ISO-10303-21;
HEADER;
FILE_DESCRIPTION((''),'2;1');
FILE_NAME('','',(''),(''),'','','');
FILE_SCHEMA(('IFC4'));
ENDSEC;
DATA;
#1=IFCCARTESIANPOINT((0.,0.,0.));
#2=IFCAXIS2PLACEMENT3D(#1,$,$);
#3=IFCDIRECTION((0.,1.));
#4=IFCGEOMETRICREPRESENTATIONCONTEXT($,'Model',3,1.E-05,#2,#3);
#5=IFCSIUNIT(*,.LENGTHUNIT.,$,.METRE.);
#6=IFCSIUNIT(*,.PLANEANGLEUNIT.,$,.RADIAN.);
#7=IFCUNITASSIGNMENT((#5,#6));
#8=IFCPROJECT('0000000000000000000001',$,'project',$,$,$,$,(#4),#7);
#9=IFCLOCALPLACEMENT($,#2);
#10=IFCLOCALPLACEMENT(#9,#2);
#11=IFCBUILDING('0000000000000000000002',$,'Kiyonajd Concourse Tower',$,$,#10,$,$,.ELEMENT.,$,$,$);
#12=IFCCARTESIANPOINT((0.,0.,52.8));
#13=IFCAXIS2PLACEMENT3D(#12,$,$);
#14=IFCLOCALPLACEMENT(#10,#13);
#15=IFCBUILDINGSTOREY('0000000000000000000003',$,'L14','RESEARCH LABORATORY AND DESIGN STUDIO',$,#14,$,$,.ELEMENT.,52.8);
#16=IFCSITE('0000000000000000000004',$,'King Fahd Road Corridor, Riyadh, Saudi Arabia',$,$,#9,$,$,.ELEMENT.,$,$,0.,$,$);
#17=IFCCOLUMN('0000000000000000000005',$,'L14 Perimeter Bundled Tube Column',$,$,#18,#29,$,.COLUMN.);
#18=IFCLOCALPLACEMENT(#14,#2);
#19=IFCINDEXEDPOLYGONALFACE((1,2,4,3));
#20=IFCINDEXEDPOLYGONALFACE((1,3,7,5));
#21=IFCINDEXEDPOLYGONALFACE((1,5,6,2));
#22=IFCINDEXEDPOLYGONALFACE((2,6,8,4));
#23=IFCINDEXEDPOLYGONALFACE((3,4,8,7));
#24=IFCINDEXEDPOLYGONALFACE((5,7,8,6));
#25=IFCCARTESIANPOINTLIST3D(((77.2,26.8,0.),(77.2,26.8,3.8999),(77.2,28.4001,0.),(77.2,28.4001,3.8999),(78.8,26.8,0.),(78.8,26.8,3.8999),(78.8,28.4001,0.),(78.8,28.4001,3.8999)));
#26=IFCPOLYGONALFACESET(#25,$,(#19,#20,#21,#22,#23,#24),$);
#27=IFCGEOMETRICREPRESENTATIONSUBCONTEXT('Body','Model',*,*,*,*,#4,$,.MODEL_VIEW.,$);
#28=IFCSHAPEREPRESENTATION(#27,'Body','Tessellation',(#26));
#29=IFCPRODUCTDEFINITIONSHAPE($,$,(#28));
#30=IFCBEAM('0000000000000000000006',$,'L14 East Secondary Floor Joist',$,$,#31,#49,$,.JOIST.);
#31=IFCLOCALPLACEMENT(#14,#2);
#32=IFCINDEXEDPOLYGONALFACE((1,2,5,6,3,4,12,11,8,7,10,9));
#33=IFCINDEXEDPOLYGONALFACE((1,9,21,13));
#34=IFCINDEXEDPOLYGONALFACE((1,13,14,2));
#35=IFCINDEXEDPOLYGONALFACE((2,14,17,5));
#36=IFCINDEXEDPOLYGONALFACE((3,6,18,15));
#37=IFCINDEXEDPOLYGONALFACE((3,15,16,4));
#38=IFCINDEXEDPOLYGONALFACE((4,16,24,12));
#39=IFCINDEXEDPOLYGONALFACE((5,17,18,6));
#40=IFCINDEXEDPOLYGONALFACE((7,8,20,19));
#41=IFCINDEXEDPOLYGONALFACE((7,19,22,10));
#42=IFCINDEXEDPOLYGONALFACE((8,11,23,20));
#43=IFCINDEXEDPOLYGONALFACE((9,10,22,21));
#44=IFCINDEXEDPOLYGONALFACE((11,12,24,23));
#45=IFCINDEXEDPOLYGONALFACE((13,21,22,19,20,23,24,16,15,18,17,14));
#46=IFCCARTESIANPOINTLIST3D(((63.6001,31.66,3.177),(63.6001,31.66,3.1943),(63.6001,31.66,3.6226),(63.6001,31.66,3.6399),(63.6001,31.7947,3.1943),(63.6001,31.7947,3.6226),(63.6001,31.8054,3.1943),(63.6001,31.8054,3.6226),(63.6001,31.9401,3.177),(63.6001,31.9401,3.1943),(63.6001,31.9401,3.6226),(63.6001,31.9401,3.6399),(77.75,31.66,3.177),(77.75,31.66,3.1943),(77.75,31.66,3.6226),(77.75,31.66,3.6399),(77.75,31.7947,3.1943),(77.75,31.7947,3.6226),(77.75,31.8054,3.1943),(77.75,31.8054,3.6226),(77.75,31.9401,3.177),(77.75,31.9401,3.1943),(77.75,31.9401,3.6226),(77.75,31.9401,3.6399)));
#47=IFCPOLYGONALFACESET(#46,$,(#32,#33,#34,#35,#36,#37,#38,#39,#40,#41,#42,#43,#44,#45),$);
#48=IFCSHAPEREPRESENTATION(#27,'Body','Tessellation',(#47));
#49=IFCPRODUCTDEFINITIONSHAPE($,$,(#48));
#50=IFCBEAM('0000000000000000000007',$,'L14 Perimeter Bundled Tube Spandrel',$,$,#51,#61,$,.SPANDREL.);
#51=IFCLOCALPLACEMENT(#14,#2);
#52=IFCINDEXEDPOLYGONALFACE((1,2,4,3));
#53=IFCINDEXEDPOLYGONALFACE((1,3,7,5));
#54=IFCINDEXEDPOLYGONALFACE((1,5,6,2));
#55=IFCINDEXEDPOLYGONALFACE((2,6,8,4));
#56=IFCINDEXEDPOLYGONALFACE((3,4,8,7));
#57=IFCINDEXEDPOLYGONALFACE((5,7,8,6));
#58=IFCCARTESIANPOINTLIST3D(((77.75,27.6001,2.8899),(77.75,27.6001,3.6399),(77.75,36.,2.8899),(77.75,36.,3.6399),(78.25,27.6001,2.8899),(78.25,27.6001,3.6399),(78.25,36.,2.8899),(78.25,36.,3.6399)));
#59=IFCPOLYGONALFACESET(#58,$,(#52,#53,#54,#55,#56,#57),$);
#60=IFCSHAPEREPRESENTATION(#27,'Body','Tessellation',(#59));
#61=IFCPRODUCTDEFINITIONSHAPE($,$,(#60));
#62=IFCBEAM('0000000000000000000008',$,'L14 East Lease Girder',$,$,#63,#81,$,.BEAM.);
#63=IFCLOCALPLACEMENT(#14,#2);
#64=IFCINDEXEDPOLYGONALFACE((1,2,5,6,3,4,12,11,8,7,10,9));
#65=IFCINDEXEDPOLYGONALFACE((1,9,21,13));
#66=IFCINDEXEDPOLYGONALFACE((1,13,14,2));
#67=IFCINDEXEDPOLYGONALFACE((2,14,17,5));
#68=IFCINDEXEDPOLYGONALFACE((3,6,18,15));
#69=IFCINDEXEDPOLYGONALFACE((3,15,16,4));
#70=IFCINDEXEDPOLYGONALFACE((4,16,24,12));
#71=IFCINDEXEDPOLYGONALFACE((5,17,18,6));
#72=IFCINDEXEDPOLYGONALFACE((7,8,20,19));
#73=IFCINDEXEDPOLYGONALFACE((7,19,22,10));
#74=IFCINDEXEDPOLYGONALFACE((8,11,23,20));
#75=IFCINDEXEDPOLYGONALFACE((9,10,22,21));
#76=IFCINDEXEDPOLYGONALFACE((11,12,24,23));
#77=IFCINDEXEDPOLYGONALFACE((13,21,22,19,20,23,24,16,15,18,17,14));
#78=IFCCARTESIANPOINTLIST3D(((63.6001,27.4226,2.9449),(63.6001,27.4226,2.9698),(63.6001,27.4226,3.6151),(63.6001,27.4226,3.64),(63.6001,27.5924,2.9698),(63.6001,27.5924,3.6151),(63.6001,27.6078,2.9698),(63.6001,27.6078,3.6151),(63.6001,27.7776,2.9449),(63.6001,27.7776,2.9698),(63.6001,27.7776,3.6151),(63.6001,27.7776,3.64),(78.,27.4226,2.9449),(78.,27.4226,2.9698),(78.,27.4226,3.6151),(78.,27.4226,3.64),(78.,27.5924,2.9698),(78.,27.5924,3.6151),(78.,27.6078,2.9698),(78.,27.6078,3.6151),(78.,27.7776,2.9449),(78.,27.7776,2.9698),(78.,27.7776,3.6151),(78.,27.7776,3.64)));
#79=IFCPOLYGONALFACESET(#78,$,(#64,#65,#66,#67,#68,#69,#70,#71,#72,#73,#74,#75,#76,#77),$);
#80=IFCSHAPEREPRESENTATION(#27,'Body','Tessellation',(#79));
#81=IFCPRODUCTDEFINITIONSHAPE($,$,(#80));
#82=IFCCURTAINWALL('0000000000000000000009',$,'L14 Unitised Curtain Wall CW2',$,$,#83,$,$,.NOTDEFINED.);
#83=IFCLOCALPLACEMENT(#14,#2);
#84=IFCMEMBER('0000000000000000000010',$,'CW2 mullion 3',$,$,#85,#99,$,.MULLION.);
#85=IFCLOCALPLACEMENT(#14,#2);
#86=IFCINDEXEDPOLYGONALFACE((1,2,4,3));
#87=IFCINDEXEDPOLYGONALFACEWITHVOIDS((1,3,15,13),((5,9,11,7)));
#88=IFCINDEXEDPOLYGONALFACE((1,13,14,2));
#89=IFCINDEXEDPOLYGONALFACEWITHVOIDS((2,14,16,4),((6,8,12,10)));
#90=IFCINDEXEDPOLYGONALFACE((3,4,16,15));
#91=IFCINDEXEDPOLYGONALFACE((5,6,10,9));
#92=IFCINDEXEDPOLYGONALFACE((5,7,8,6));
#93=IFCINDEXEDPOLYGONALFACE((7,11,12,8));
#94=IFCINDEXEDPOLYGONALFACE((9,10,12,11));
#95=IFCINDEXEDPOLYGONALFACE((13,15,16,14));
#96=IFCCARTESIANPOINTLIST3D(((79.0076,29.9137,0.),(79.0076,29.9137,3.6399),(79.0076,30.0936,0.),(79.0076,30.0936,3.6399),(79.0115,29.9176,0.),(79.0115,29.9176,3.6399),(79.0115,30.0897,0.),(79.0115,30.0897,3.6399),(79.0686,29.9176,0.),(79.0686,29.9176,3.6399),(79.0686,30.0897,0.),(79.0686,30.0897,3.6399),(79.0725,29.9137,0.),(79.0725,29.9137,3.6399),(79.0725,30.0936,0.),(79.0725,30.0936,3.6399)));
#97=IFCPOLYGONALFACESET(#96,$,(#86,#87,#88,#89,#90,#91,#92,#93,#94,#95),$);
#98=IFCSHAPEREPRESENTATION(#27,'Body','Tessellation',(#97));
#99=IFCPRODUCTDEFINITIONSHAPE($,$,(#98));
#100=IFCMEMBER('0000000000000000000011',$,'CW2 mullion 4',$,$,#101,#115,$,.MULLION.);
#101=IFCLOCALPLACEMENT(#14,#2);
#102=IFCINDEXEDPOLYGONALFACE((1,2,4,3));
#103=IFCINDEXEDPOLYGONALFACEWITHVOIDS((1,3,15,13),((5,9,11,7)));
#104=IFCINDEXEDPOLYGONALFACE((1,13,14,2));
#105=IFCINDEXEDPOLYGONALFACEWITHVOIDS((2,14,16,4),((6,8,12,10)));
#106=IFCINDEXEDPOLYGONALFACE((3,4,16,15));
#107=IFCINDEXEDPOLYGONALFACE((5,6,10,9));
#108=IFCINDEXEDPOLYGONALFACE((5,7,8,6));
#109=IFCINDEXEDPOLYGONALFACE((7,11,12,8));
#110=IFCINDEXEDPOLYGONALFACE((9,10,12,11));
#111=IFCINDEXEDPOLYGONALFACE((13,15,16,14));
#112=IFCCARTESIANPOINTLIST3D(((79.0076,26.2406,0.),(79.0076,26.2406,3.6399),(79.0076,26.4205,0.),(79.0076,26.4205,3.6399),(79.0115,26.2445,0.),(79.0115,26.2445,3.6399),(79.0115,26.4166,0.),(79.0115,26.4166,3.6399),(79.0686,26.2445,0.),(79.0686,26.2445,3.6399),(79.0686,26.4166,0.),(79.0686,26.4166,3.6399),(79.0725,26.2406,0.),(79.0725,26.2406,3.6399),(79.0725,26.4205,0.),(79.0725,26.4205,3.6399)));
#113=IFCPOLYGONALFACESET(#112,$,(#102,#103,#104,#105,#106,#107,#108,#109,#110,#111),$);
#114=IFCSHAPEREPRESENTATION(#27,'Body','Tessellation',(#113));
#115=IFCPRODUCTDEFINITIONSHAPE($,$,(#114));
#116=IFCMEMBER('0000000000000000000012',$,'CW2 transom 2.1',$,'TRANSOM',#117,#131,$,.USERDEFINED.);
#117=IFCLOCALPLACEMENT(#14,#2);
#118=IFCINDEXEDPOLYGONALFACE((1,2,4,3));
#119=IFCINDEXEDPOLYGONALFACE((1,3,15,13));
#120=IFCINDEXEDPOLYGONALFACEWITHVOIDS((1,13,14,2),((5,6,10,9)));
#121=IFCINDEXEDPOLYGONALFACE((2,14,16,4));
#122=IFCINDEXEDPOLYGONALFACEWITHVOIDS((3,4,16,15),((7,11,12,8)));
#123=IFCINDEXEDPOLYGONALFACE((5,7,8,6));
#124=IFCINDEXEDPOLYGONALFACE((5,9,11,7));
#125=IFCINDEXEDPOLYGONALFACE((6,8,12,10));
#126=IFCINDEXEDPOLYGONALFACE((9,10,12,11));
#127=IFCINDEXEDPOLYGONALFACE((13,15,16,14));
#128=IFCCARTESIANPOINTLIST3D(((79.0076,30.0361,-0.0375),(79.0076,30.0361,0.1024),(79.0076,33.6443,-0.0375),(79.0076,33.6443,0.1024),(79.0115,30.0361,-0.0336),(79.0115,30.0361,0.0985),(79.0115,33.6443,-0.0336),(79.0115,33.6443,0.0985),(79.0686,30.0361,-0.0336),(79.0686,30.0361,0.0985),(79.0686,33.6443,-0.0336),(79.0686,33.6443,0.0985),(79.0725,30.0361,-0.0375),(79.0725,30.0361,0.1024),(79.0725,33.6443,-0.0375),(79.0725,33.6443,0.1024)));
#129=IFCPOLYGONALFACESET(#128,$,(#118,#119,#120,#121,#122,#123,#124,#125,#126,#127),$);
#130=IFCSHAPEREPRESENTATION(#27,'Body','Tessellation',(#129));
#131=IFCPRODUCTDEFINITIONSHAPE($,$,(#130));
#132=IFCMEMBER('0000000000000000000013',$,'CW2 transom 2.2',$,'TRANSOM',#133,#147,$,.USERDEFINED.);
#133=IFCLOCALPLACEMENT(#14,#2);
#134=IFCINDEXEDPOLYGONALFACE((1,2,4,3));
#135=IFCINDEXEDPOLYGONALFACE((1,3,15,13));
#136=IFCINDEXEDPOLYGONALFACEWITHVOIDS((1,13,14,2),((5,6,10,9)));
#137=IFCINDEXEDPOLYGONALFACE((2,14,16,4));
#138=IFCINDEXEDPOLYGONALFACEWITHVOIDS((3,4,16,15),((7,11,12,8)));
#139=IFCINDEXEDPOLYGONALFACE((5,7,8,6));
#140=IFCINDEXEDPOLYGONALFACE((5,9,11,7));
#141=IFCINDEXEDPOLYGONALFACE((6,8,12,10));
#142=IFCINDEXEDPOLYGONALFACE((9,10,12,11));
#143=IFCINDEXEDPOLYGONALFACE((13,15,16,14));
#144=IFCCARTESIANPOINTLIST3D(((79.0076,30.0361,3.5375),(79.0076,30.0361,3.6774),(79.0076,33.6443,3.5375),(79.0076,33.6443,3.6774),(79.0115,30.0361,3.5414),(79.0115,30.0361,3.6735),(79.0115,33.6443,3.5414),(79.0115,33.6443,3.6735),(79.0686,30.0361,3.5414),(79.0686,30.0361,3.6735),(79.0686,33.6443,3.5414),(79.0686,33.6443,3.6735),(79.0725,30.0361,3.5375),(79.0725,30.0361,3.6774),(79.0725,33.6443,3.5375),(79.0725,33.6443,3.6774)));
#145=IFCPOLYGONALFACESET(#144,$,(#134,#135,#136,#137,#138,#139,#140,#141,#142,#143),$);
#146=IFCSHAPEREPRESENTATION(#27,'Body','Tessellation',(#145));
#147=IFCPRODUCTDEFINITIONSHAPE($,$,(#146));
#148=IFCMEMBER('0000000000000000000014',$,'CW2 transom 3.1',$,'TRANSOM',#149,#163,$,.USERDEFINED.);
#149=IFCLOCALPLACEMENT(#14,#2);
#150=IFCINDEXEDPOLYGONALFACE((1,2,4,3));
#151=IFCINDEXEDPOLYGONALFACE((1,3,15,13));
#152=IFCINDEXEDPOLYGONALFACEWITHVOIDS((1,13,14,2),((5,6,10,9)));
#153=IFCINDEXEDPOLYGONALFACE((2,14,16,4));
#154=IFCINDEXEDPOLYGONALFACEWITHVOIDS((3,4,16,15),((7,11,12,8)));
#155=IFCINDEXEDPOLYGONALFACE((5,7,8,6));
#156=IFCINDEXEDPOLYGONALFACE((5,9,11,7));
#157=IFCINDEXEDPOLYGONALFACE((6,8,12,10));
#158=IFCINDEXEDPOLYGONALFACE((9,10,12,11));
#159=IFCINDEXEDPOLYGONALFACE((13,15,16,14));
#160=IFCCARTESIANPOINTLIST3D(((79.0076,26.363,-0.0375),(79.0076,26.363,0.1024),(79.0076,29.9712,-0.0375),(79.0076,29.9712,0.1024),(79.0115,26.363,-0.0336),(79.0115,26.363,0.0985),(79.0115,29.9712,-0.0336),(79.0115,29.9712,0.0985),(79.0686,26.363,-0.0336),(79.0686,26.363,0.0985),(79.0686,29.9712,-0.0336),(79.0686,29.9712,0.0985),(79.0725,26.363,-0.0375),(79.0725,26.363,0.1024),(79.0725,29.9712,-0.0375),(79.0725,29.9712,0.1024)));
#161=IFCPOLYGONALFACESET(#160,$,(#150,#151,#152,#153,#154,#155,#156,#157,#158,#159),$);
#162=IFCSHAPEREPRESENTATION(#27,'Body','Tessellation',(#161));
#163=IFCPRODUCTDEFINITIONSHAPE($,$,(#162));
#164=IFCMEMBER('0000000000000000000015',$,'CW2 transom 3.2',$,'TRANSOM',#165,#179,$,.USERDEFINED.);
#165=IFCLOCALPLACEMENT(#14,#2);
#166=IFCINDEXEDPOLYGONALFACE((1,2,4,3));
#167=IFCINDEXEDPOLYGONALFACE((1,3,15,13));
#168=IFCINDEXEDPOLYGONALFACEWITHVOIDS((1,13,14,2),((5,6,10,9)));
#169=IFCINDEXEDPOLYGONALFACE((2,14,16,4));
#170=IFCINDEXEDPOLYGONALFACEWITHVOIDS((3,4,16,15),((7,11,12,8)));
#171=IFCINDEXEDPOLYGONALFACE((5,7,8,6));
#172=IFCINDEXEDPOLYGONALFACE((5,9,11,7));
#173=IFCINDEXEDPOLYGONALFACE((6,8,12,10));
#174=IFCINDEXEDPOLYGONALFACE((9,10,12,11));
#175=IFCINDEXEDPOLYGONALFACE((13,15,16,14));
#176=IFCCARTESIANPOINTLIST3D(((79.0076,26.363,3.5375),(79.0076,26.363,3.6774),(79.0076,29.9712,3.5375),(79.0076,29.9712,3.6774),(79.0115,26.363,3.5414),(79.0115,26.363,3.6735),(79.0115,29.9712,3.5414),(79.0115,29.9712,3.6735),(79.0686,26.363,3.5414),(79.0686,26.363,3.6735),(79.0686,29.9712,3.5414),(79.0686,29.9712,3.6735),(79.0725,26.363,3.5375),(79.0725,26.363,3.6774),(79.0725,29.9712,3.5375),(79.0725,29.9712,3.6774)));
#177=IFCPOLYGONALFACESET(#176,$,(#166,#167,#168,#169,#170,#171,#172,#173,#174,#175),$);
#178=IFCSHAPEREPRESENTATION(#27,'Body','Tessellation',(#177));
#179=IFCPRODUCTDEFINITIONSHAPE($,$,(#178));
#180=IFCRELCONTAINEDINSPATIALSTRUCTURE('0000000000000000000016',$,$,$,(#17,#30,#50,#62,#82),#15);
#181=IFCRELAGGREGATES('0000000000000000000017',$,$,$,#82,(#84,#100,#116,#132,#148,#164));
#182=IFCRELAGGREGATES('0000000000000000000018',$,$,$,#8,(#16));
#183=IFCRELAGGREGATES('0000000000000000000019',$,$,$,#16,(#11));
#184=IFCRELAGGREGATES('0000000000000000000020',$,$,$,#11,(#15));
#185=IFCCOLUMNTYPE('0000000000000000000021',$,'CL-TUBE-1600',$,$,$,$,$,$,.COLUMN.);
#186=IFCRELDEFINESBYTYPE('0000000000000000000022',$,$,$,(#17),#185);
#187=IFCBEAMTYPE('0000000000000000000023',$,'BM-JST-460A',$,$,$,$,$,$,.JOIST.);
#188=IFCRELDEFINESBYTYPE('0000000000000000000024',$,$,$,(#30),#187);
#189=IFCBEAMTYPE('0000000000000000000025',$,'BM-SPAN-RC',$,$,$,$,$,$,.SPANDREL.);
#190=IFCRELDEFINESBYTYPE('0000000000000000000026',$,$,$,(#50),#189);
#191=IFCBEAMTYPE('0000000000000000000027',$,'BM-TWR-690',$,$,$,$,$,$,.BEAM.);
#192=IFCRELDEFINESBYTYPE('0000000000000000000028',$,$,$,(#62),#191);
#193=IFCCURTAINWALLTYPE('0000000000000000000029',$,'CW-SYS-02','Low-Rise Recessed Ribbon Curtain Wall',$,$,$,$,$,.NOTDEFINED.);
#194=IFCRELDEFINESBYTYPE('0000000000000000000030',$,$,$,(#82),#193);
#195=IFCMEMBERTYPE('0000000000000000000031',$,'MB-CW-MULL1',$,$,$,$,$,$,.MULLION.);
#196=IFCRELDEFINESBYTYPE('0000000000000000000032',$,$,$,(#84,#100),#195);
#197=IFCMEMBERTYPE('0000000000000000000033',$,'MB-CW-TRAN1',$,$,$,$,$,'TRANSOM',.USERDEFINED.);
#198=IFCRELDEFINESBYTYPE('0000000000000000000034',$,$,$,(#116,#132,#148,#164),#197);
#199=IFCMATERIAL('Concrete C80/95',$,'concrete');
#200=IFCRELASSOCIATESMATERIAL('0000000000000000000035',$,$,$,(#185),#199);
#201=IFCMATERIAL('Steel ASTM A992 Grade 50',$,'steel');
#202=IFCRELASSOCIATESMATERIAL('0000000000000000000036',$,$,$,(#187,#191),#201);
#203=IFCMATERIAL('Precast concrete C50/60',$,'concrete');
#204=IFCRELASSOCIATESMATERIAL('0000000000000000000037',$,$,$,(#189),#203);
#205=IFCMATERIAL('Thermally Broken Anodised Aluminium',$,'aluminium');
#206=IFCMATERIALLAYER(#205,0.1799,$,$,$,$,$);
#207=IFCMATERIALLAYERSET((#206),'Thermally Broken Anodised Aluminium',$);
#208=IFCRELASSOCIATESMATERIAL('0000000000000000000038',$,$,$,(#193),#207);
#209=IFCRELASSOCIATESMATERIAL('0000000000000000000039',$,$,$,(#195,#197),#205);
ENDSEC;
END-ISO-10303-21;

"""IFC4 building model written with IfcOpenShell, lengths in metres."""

from ifc_helpers import new_model, si_unit, direction, frame, origin, origin_2d, place, context, subcontext, project, spatial, rectangle, hollow_rectangle, i_section, extrude, material, layer, layer_set, material_profile, profile_set, type_object, element, aggregate, save


model = new_model("IFC4")

# Units and contexts
model_context = context("Model", 3, precision=1e-05, world=origin(), true_north=direction((0.0, 1.0)))
body_context = subcontext(model_context, "Body", "Model", "MODEL_VIEW")
ifc_project = project(units=[si_unit("LENGTHUNIT", "METRE"), si_unit("PLANEANGLEUNIT", "RADIAN")], contexts=[model_context])

# Site, building, storey
site_placement = place(None, origin())
site = spatial("IfcSite", under=ifc_project, at=site_placement, Name="King Fahd Road Corridor, Riyadh, Saudi Arabia", CompositionType="ELEMENT", RefElevation=0.0)
building_placement = place(site_placement, origin())
building = spatial("IfcBuilding", under=site, at=building_placement, Name="Kiyonajd Concourse Tower", CompositionType="ELEMENT")
storey_placement = place(building_placement, frame((0.0, 0.0, 52.8)))
storey = spatial("IfcBuildingStorey", under=building, at=storey_placement, Name="L14", Description="RESEARCH LABORATORY AND DESIGN STUDIO", CompositionType="ELEMENT", Elevation=52.8)

# Column
ifc_material_1 = material(Name="Concrete C80/95", Category="concrete")
ifc_material_profile_1 = material_profile(ifc_material_1, rectangle(XDim=1.6001, YDim=1.6001, at=origin_2d()), Name="RC-1600x1600")
ifc_profile_set_1 = profile_set([ifc_material_profile_1], Name="Concrete C80/95")
column_type = type_object("IfcColumnType", Name="CL-TUBE-1600", PredefinedType="COLUMN", material=ifc_profile_set_1)
column_placement = place(storey_placement, frame((78.0, 27.6001, 0.0), z_axis=(0.0, 0.0, 1.0), x_axis=(1.0, 0.0, 0.0)))
element("IfcColumn", 1, at=column_placement, inside=storey, type_object=column_type, Name="L14 Perimeter Bundled Tube Column", PredefinedType="COLUMN", context=body_context, shape_type="SweptSolid", body=[
    extrude(rectangle(XDim=1.6001, YDim=1.6001, at=origin_2d()), origin(), (0.0, 0.0, 1.0), 3.8999),
])

# Beams
ifc_material_2 = material(Name="Steel ASTM A992 Grade 50", Category="steel")
ifc_material_profile_2 = material_profile(ifc_material_2, i_section(OverallWidth=0.28, OverallDepth=0.4629, WebThickness=0.0107, FlangeThickness=0.0173, at=origin_2d()), Name="W460X113")
ifc_profile_set_2 = profile_set([ifc_material_profile_2], Name="Steel ASTM A992 Grade 50")
beam_type_1 = type_object("IfcBeamType", Name="BM-JST-460A", PredefinedType="JOIST", material=ifc_profile_set_2)
beam_1_placement = place(storey_placement, frame((63.6001, 31.8, 3.4084), z_axis=(1.0, 0.0, 0.0), x_axis=(0.0, 1.0, 0.0)))
element("IfcBeam", 2, at=beam_1_placement, inside=storey, type_object=beam_type_1, Name="L14 East Secondary Floor Joist", PredefinedType="JOIST", context=body_context, shape_type="SweptSolid", body=[
    extrude(i_section(OverallWidth=0.28, OverallDepth=0.4629, WebThickness=0.0107, FlangeThickness=0.0173, at=origin_2d()), origin(), (0.0, 0.0, 1.0), 14.1499),
])
ifc_material_3 = material(Name="Precast concrete C50/60", Category="concrete")
ifc_material_profile_3 = material_profile(ifc_material_3, rectangle(XDim=0.5, YDim=0.75, at=origin_2d()), Name="RCBM-500x750")
ifc_profile_set_3 = profile_set([ifc_material_profile_3], Name="Precast concrete C50/60")
beam_type_2 = type_object("IfcBeamType", Name="BM-SPAN-RC", PredefinedType="SPANDREL", material=ifc_profile_set_3)
beam_2_placement = place(storey_placement, frame((78.0, 27.6001, 3.2649), z_axis=(0.0, 1.0, 0.0), x_axis=(-1.0, 0.0, 0.0)))
element("IfcBeam", 3, at=beam_2_placement, inside=storey, type_object=beam_type_2, Name="L14 Perimeter Bundled Tube Spandrel", PredefinedType="SPANDREL", context=body_context, shape_type="SweptSolid", body=[
    extrude(rectangle(XDim=0.5, YDim=0.75, at=origin_2d()), origin(), (0.0, 0.0, 1.0), 8.3999),
])
ifc_material_profile_4 = material_profile(ifc_material_2, i_section(OverallWidth=0.355, OverallDepth=0.6951, WebThickness=0.0154, FlangeThickness=0.0249, at=origin_2d()), Name="W690X217")
ifc_profile_set_4 = profile_set([ifc_material_profile_4], Name="Steel ASTM A992 Grade 50")
beam_type_3 = type_object("IfcBeamType", Name="BM-TWR-690", PredefinedType="BEAM", material=ifc_profile_set_4)
beam_3_placement = place(storey_placement, frame((63.6001, 27.6001, 3.2925), z_axis=(1.0, 0.0, 0.0), x_axis=(0.0, 1.0, 0.0)))
element("IfcBeam", 4, at=beam_3_placement, inside=storey, type_object=beam_type_3, Name="L14 East Lease Girder", PredefinedType="BEAM", context=body_context, shape_type="SweptSolid", body=[
    extrude(i_section(OverallWidth=0.355, OverallDepth=0.6951, WebThickness=0.0154, FlangeThickness=0.0249, at=origin_2d()), origin(), (0.0, 0.0, 1.0), 14.3999),
])

# Curtain wall, members
ifc_material_4 = material(Name="Thermally Broken Anodised Aluminium", Category="aluminium")
ifc_layer_1 = layer(ifc_material_4, 0.1799)
ifc_layer_set_1 = layer_set([ifc_layer_1], Name="Thermally Broken Anodised Aluminium")
curtain_wall_type = type_object("IfcCurtainWallType", Name="CW-SYS-02", Description="Low-Rise Recessed Ribbon Curtain Wall", PredefinedType="NOTDEFINED", material=ifc_layer_set_1)
curtain_wall_placement = place(storey_placement, origin())
curtain_wall = element("IfcCurtainWall", 5, at=curtain_wall_placement, inside=storey, type_object=curtain_wall_type, Name="L14 Unitised Curtain Wall CW2", PredefinedType="NOTDEFINED")
ifc_material_profile_5 = material_profile(ifc_material_4, hollow_rectangle(XDim=0.0649, YDim=0.1799, WallThickness=0.0039, at=origin_2d()), Name="MULL-65x180")
ifc_profile_set_5 = profile_set([ifc_material_profile_5], Name="Thermally Broken Anodised Aluminium")
member_type_1 = type_object("IfcMemberType", Name="MB-CW-MULL1", PredefinedType="MULLION", material=ifc_profile_set_5)
member_1_placement = place(storey_placement, frame((79.04, 30.0037, 0.0), z_axis=(0.0, 0.0, 1.0), x_axis=(1.0, 0.0, 0.0)))
member_1 = element("IfcMember", 6, at=member_1_placement, type_object=member_type_1, Name="CW2 mullion 3", PredefinedType="MULLION", context=body_context, shape_type="SweptSolid", body=[
    extrude(hollow_rectangle(XDim=0.0649, YDim=0.1799, WallThickness=0.0039, at=origin_2d()), origin(), (0.0, 0.0, 1.0), 3.6399),
])
member_2_placement = place(storey_placement, frame((79.04, 26.3306, 0.0), z_axis=(0.0, 0.0, 1.0), x_axis=(1.0, 0.0, 0.0)))
member_2 = element("IfcMember", 7, at=member_2_placement, type_object=member_type_1, Name="CW2 mullion 4", PredefinedType="MULLION", context=body_context, shape_type="SweptSolid", body=[
    extrude(hollow_rectangle(XDim=0.0649, YDim=0.1799, WallThickness=0.0039, at=origin_2d()), origin(), (0.0, 0.0, 1.0), 3.6399),
])
ifc_material_profile_6 = material_profile(ifc_material_4, hollow_rectangle(XDim=0.0649, YDim=0.1399, WallThickness=0.0039, at=origin_2d()), Name="TRAN-65x140")
ifc_profile_set_6 = profile_set([ifc_material_profile_6], Name="Thermally Broken Anodised Aluminium")
member_type_2 = type_object("IfcMemberType", Name="MB-CW-TRAN1", ElementType="TRANSOM", PredefinedType="USERDEFINED", material=ifc_profile_set_6)
member_3_placement = place(storey_placement, frame((79.04, 33.6443, 0.0325), z_axis=(0.0, -1.0, 0.0), x_axis=(1.0, 0.0, 0.0)))
member_3 = element("IfcMember", 8, at=member_3_placement, type_object=member_type_2, Name="CW2 transom 2.1", ObjectType="TRANSOM", PredefinedType="USERDEFINED", context=body_context, shape_type="SweptSolid", body=[
    extrude(hollow_rectangle(XDim=0.0649, YDim=0.1399, WallThickness=0.0039, at=origin_2d()), origin(), (0.0, 0.0, 1.0), 3.6082),
])
member_4_placement = place(storey_placement, frame((79.04, 33.6443, 3.6074), z_axis=(0.0, -1.0, 0.0), x_axis=(1.0, 0.0, 0.0)))
member_4 = element("IfcMember", 9, at=member_4_placement, type_object=member_type_2, Name="CW2 transom 2.2", ObjectType="TRANSOM", PredefinedType="USERDEFINED", context=body_context, shape_type="SweptSolid", body=[
    extrude(hollow_rectangle(XDim=0.0649, YDim=0.1399, WallThickness=0.0039, at=origin_2d()), origin(), (0.0, 0.0, 1.0), 3.6082),
])
member_5_placement = place(storey_placement, frame((79.04, 29.9712, 0.0325), z_axis=(0.0, -1.0, 0.0), x_axis=(1.0, 0.0, 0.0)))
member_5 = element("IfcMember", 10, at=member_5_placement, type_object=member_type_2, Name="CW2 transom 3.1", ObjectType="TRANSOM", PredefinedType="USERDEFINED", context=body_context, shape_type="SweptSolid", body=[
    extrude(hollow_rectangle(XDim=0.0649, YDim=0.1399, WallThickness=0.0039, at=origin_2d()), origin(), (0.0, 0.0, 1.0), 3.6082),
])
member_6_placement = place(storey_placement, frame((79.04, 29.9712, 3.6074), z_axis=(0.0, -1.0, 0.0), x_axis=(1.0, 0.0, 0.0)))
member_6 = element("IfcMember", 11, at=member_6_placement, type_object=member_type_2, Name="CW2 transom 3.2", ObjectType="TRANSOM", PredefinedType="USERDEFINED", context=body_context, shape_type="SweptSolid", body=[
    extrude(hollow_rectangle(XDim=0.0649, YDim=0.1399, WallThickness=0.0039, at=origin_2d()), origin(), (0.0, 0.0, 1.0), 3.6082),
])
aggregate(curtain_wall, [member_1, member_2, member_3, member_4, member_5, member_6])

save(model, "model.ifc")
